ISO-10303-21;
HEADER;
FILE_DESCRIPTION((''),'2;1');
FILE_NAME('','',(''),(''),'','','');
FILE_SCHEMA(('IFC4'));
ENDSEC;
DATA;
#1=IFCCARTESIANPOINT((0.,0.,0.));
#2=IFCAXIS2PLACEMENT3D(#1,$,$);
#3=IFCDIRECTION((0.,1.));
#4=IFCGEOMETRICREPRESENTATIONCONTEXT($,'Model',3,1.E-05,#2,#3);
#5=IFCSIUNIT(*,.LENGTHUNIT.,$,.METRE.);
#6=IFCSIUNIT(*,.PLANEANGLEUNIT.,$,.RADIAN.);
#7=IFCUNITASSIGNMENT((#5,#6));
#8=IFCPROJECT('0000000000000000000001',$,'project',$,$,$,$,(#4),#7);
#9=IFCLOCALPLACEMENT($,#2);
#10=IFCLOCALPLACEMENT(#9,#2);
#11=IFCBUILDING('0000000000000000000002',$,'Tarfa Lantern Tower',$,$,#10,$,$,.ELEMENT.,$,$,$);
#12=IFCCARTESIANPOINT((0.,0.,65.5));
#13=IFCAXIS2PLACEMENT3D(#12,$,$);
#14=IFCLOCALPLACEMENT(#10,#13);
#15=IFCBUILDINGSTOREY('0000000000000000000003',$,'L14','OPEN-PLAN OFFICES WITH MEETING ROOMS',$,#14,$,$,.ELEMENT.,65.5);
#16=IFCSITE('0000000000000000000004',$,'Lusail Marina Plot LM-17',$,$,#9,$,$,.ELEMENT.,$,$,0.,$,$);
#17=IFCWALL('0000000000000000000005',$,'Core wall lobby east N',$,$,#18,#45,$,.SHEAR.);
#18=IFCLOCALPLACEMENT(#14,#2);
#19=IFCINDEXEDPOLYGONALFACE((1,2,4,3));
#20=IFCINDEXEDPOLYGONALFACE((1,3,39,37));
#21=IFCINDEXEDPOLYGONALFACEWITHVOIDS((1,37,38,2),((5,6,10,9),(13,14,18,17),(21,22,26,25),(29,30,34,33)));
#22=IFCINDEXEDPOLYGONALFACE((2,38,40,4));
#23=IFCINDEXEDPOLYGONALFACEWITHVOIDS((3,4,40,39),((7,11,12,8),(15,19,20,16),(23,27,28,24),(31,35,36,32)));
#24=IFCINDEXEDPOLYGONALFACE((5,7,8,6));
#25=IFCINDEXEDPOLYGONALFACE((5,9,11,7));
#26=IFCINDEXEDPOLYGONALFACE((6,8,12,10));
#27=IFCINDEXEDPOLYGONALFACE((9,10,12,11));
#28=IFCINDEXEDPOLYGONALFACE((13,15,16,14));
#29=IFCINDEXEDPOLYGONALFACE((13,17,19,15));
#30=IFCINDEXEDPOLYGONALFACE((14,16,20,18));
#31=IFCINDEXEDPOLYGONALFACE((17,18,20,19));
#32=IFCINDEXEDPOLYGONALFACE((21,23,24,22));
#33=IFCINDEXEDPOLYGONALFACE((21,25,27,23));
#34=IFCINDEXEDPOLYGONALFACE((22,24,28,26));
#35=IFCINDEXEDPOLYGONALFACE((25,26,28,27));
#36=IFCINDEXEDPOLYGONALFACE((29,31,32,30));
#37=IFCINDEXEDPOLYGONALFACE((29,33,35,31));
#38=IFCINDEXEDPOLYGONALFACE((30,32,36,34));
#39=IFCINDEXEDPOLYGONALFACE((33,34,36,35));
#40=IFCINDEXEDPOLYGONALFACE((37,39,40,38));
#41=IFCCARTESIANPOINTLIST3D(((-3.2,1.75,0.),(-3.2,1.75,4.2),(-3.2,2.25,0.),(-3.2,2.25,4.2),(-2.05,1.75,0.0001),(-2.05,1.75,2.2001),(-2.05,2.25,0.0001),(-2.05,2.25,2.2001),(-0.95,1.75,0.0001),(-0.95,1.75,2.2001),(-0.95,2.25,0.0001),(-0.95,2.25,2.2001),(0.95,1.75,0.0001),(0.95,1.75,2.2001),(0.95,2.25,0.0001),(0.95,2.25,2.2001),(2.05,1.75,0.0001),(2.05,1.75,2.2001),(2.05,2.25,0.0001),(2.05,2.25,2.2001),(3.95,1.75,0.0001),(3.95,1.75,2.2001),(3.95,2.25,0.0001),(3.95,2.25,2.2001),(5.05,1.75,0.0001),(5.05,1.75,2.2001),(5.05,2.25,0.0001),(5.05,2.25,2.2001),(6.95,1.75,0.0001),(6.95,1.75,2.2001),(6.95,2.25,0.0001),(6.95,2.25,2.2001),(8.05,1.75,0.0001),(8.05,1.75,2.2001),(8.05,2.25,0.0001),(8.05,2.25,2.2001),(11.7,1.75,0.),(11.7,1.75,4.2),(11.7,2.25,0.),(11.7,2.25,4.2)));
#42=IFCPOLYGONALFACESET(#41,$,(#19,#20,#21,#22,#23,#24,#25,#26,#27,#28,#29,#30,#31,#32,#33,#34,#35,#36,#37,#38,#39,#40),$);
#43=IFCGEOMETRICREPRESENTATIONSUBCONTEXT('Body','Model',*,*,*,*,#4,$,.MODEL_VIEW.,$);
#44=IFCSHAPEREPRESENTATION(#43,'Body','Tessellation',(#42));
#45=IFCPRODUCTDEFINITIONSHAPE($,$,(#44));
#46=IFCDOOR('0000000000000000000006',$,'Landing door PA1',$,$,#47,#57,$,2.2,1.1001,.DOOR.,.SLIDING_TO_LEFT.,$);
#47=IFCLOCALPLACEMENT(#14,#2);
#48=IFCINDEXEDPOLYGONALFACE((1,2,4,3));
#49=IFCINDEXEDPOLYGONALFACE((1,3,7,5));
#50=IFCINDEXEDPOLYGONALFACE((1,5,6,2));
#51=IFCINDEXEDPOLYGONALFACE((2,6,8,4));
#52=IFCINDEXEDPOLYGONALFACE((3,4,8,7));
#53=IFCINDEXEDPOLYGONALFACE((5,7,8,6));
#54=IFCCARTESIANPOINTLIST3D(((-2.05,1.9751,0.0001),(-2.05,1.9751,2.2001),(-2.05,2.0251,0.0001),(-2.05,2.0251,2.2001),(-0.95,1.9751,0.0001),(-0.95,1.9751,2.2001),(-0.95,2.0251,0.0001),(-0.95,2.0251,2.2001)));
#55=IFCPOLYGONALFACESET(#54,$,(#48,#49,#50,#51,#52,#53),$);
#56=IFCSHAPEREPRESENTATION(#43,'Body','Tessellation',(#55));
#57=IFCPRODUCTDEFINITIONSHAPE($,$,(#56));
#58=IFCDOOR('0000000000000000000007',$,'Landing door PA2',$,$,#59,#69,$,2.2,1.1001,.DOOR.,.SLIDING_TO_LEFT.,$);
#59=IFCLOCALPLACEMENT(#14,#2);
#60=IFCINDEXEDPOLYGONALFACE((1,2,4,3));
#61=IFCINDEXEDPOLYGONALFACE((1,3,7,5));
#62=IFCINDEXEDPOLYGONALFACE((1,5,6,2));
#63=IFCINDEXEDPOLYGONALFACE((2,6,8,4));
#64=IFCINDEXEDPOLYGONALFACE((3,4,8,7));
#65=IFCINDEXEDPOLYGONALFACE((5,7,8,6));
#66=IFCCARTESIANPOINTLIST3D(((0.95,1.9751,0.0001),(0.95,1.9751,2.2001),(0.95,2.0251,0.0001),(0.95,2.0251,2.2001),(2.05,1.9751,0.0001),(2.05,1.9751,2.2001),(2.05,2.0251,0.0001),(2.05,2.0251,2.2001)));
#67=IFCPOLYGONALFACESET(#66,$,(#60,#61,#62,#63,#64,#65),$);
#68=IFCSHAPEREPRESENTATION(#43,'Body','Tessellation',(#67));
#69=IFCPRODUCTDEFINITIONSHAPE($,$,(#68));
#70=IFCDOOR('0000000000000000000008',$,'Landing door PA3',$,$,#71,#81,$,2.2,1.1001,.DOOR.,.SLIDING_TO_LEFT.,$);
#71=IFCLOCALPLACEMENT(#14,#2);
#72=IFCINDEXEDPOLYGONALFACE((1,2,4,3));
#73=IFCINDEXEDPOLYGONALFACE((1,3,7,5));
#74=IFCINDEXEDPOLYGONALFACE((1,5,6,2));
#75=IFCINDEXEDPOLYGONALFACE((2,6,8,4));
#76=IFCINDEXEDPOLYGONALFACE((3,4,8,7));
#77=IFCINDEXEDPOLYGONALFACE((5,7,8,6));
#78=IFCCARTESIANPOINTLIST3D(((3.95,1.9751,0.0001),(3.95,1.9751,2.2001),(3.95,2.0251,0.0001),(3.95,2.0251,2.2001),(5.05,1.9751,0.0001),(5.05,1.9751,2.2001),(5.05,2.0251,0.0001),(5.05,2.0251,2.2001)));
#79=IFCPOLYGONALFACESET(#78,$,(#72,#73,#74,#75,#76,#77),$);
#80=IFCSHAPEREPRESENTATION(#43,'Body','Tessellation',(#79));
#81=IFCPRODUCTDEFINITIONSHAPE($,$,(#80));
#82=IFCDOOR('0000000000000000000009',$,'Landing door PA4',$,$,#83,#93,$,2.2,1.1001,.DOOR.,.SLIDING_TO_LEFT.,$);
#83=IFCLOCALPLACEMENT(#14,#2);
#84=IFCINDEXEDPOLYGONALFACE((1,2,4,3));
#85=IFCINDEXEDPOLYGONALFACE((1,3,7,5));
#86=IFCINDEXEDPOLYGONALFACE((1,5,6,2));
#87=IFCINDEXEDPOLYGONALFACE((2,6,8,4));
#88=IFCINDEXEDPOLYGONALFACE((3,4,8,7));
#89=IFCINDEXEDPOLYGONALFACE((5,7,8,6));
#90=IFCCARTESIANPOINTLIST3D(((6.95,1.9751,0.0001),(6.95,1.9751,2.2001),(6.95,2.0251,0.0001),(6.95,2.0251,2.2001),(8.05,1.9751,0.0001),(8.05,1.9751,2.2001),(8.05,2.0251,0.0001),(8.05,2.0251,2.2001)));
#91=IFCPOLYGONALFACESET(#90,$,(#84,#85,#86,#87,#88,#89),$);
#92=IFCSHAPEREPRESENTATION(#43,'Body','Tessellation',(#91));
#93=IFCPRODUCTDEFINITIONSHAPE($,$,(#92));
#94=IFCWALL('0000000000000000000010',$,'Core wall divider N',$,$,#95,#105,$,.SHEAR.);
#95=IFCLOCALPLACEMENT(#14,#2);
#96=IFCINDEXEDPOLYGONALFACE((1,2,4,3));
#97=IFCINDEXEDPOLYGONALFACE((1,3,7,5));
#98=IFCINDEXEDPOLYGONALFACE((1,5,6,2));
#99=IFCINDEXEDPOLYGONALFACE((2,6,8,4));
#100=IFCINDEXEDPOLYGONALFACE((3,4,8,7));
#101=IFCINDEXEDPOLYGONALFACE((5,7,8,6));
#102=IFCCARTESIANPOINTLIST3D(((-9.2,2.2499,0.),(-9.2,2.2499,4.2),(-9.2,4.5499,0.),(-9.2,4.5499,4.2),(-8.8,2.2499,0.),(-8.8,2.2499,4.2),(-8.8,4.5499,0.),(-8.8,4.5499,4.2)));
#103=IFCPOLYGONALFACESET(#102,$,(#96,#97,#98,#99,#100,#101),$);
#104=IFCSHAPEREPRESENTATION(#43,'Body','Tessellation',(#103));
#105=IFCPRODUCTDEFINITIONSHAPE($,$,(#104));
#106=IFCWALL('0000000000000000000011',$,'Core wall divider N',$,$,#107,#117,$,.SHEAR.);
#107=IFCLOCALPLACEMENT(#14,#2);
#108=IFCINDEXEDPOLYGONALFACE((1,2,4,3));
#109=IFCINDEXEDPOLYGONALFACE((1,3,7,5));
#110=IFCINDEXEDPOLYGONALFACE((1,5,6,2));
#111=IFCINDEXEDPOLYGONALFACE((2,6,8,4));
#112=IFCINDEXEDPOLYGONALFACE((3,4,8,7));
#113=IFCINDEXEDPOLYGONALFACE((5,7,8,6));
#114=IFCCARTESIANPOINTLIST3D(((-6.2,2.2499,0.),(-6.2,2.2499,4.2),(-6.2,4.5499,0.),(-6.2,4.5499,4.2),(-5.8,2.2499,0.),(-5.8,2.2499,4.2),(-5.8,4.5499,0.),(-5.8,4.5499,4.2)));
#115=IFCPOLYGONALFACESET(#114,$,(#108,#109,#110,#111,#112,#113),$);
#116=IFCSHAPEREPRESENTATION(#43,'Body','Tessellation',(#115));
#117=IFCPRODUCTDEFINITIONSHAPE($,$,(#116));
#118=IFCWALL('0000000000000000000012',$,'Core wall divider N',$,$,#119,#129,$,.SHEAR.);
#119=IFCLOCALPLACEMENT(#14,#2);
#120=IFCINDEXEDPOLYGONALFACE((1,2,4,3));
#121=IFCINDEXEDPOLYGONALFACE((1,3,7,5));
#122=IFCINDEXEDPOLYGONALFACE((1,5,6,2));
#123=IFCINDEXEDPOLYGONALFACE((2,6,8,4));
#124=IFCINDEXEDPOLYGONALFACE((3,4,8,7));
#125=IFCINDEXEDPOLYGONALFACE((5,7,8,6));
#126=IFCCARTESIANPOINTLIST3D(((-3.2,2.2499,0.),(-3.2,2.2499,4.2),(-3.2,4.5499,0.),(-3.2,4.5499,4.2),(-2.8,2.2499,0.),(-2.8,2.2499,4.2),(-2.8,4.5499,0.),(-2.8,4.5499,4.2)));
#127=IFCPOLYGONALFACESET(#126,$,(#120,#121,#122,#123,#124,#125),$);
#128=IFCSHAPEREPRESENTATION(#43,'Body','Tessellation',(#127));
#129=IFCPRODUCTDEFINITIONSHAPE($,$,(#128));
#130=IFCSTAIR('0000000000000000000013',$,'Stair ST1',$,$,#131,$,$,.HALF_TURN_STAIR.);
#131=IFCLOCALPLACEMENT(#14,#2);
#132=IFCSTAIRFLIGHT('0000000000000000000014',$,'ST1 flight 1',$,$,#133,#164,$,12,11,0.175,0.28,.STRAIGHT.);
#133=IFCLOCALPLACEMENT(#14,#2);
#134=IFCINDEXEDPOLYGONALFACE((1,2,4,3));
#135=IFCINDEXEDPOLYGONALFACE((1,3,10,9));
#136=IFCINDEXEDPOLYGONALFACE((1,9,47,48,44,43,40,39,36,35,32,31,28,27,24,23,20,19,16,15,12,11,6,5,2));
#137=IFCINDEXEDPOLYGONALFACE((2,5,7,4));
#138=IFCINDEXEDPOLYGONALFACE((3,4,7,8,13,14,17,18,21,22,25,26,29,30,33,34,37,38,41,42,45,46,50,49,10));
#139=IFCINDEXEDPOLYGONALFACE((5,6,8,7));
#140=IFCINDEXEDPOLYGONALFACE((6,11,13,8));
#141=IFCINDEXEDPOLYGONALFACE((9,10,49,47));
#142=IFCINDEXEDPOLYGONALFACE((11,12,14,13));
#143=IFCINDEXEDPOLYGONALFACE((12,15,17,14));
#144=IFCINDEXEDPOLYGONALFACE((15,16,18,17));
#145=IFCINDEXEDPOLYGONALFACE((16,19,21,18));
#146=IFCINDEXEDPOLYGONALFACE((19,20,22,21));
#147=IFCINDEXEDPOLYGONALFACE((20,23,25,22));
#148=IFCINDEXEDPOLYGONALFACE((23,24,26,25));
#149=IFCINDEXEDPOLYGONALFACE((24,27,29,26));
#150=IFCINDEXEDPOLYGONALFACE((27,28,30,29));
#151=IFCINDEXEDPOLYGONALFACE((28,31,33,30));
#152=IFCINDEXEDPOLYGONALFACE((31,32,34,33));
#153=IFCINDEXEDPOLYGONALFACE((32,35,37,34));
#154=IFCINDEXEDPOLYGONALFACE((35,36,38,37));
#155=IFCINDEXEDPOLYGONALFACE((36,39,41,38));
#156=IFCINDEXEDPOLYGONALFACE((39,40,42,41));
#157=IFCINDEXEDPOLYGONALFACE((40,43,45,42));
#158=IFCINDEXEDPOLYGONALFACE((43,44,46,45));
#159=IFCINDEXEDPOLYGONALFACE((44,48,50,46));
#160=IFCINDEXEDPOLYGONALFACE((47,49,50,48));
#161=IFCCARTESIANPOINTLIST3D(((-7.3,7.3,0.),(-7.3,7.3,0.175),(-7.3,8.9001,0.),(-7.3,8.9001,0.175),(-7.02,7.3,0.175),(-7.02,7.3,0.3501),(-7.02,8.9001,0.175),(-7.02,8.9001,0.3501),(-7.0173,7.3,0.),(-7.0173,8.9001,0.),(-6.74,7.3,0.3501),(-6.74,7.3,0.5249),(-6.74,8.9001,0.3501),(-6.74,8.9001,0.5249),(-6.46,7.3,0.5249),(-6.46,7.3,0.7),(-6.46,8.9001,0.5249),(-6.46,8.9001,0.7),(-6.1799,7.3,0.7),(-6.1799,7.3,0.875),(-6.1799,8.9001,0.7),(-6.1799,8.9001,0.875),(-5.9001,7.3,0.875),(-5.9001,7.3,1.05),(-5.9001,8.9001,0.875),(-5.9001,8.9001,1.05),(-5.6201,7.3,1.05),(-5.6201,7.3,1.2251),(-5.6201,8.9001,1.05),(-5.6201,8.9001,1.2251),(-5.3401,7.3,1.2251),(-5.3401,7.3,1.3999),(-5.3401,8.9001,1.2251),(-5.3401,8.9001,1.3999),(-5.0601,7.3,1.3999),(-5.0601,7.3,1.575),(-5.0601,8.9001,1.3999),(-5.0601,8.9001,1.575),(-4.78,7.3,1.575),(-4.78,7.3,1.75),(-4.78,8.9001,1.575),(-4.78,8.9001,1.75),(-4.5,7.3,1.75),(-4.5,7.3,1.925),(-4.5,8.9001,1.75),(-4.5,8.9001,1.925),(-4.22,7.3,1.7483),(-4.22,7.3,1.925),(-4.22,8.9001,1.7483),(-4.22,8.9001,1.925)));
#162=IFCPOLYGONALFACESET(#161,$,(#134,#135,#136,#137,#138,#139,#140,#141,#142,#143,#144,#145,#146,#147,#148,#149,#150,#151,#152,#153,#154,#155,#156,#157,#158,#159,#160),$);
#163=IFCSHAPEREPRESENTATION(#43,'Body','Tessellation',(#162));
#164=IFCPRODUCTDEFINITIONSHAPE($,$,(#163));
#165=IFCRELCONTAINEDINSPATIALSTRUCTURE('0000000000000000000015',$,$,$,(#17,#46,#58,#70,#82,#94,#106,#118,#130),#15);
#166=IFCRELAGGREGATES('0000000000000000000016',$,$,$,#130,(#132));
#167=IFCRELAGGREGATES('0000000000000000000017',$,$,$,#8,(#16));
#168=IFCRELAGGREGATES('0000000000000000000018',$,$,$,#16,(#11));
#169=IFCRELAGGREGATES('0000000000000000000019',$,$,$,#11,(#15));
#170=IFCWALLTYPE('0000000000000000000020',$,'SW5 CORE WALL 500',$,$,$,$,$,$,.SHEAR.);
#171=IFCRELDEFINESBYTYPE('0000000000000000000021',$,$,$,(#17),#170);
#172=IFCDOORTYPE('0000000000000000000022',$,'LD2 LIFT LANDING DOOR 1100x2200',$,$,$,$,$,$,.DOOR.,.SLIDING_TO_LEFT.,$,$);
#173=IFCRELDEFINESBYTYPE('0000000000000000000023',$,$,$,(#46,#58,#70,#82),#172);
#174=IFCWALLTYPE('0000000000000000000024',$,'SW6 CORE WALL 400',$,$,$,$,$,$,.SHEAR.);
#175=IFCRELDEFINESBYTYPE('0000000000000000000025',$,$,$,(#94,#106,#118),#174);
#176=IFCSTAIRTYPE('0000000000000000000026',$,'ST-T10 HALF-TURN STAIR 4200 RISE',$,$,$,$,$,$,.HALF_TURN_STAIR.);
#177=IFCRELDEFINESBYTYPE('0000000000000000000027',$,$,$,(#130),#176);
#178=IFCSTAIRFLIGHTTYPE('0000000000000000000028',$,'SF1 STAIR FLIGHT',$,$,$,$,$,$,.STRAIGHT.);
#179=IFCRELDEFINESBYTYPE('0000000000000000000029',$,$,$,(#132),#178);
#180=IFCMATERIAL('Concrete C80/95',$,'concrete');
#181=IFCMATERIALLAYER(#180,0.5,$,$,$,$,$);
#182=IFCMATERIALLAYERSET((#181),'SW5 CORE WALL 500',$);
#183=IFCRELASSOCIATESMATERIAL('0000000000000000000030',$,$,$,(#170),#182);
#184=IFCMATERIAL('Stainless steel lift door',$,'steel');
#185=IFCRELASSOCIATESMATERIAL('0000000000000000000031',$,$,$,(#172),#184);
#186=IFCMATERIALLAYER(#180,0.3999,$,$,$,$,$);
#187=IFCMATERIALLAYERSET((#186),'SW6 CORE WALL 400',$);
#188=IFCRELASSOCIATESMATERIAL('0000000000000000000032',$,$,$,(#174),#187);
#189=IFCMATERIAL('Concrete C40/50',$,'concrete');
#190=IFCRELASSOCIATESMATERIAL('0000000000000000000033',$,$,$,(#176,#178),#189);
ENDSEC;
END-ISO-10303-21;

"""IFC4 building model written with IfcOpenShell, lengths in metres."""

from ifc_helpers import new_model, si_unit, direction, frame, frame_2d, origin, place, context, subcontext, project, spatial, polyline, rectangle, outline, extrude, material, layer, layer_set, type_object, element, fill, aggregate, save


model = new_model("IFC4")

# Units and contexts
model_context = context("Model", 3, precision=1e-05, world=origin(), true_north=direction((0.0, 1.0)))
body_context = subcontext(model_context, "Body", "Model", "MODEL_VIEW")
ifc_project = project(units=[si_unit("LENGTHUNIT", "METRE"), si_unit("PLANEANGLEUNIT", "RADIAN")], contexts=[model_context])

# Site, building, storey
site_placement = place(None, origin())
site = spatial("IfcSite", under=ifc_project, at=site_placement, Name="Lusail Marina Plot LM-17", CompositionType="ELEMENT", RefElevation=0.0)
building_placement = place(site_placement, origin())
building = spatial("IfcBuilding", under=site, at=building_placement, Name="Tarfa Lantern Tower", CompositionType="ELEMENT")
storey_placement = place(building_placement, frame((0.0, 0.0, 65.5)))
storey = spatial("IfcBuildingStorey", under=building, at=storey_placement, Name="L14", Description="OPEN-PLAN OFFICES WITH MEETING ROOMS", CompositionType="ELEMENT", Elevation=65.5)

# Shared definitions
ifc_material_1 = material(Name="Concrete C80/95", Category="concrete")

# Wall, openings, doors
ifc_layer_1 = layer(ifc_material_1, 0.5)
ifc_layer_set_1 = layer_set([ifc_layer_1], Name="SW5 CORE WALL 500")
wall_type_1 = type_object("IfcWallType", Name="SW5 CORE WALL 500", PredefinedType="SHEAR", material=ifc_layer_set_1)
wall_1_placement = place(storey_placement, frame((-3.2, 2.0, 0.0), z_axis=(0.0, 0.0, 1.0), x_axis=(1.0, 0.0, 0.0)))
wall_1 = element("IfcWall", 1, at=wall_1_placement, inside=storey, type_object=wall_type_1, Name="Core wall lobby east N", PredefinedType="SHEAR", context=body_context, shape_type="SweptSolid", body=[
    extrude(rectangle(XDim=14.8999, YDim=0.5, at=frame_2d((7.45, 0.0))), origin(), (0.0, 0.0, 1.0), 4.2),
])
opening_1_placement = place(wall_1_placement, frame((1.1499, 0.0, 0.0)))
opening_1 = element("IfcOpeningElement", 2, at=opening_1_placement, cuts=wall_1, PredefinedType="OPENING", context=body_context, shape_type="SweptSolid", body=[
    extrude(rectangle(XDim=1.1001, YDim=2.2, at=frame_2d((0.55, 1.1001))), frame((0.0, 0.26, 0.0), z_axis=(0.0, -1.0, 0.0), x_axis=(1.0, 0.0, 0.0)), (0.0, 0.0, 1.0), 0.52),
])
opening_2_placement = place(wall_1_placement, frame((4.1499, 0.0, 0.0)))
opening_2 = element("IfcOpeningElement", 3, at=opening_2_placement, cuts=wall_1, PredefinedType="OPENING", context=body_context, shape_type="SweptSolid", body=[
    extrude(rectangle(XDim=1.1001, YDim=2.2, at=frame_2d((0.55, 1.1001))), frame((0.0, 0.26, 0.0), z_axis=(0.0, -1.0, 0.0), x_axis=(1.0, 0.0, 0.0)), (0.0, 0.0, 1.0), 0.52),
])
opening_3_placement = place(wall_1_placement, frame((7.1499, 0.0, 0.0)))
opening_3 = element("IfcOpeningElement", 4, at=opening_3_placement, cuts=wall_1, PredefinedType="OPENING", context=body_context, shape_type="SweptSolid", body=[
    extrude(rectangle(XDim=1.1001, YDim=2.2, at=frame_2d((0.55, 1.1001))), frame((0.0, 0.26, 0.0), z_axis=(0.0, -1.0, 0.0), x_axis=(1.0, 0.0, 0.0)), (0.0, 0.0, 1.0), 0.52),
])
opening_4_placement = place(wall_1_placement, frame((10.1499, 0.0, 0.0)))
opening_4 = element("IfcOpeningElement", 5, at=opening_4_placement, cuts=wall_1, PredefinedType="OPENING", context=body_context, shape_type="SweptSolid", body=[
    extrude(rectangle(XDim=1.1001, YDim=2.2, at=frame_2d((0.55, 1.1001))), frame((0.0, 0.26, 0.0), z_axis=(0.0, -1.0, 0.0), x_axis=(1.0, 0.0, 0.0)), (0.0, 0.0, 1.0), 0.52),
])
ifc_material_2 = material(Name="Stainless steel lift door", Category="steel")
door_type_1 = type_object("IfcDoorType", Name="LD2 LIFT LANDING DOOR 1100x2200", OperationType="SLIDING_TO_LEFT", PredefinedType="DOOR", material=ifc_material_2)
door_1_placement = place(opening_1_placement, frame((1.1001, 0.0, 0.0), z_axis=(0.0, 0.0, 1.0), x_axis=(-1.0, 0.0, 0.0)))
door_1 = element("IfcDoor", 6, at=door_1_placement, inside=storey, type_object=door_type_1, Name="Landing door PA1", OperationType="SLIDING_TO_LEFT", OverallHeight=2.2, OverallWidth=1.1001, PredefinedType="DOOR", context=body_context, shape_type="SweptSolid", body=[
    extrude(rectangle(XDim=1.1001, YDim=2.2, at=frame_2d((0.55, 1.1001))), frame((0.0, 0.0249, 0.0), z_axis=(0.0, -1.0, 0.0), x_axis=(1.0, 0.0, 0.0)), (0.0, 0.0, 1.0), 0.05),
])
fill(opening_1, door_1)
door_2_placement = place(opening_2_placement, frame((1.1001, 0.0, 0.0), z_axis=(0.0, 0.0, 1.0), x_axis=(-1.0, 0.0, 0.0)))
door_2 = element("IfcDoor", 7, at=door_2_placement, inside=storey, type_object=door_type_1, Name="Landing door PA2", OperationType="SLIDING_TO_LEFT", OverallHeight=2.2, OverallWidth=1.1001, PredefinedType="DOOR", context=body_context, shape_type="SweptSolid", body=[
    extrude(rectangle(XDim=1.1001, YDim=2.2, at=frame_2d((0.55, 1.1001))), frame((0.0, 0.0249, 0.0), z_axis=(0.0, -1.0, 0.0), x_axis=(1.0, 0.0, 0.0)), (0.0, 0.0, 1.0), 0.05),
])
fill(opening_2, door_2)
door_3_placement = place(opening_3_placement, frame((1.1001, 0.0, 0.0), z_axis=(0.0, 0.0, 1.0), x_axis=(-1.0, 0.0, 0.0)))
door_3 = element("IfcDoor", 8, at=door_3_placement, inside=storey, type_object=door_type_1, Name="Landing door PA3", OperationType="SLIDING_TO_LEFT", OverallHeight=2.2, OverallWidth=1.1001, PredefinedType="DOOR", context=body_context, shape_type="SweptSolid", body=[
    extrude(rectangle(XDim=1.1001, YDim=2.2, at=frame_2d((0.55, 1.1001))), frame((0.0, 0.0249, 0.0), z_axis=(0.0, -1.0, 0.0), x_axis=(1.0, 0.0, 0.0)), (0.0, 0.0, 1.0), 0.05),
])
fill(opening_3, door_3)
door_4_placement = place(opening_4_placement, frame((1.1001, 0.0, 0.0), z_axis=(0.0, 0.0, 1.0), x_axis=(-1.0, 0.0, 0.0)))
door_4 = element("IfcDoor", 9, at=door_4_placement, inside=storey, type_object=door_type_1, Name="Landing door PA4", OperationType="SLIDING_TO_LEFT", OverallHeight=2.2, OverallWidth=1.1001, PredefinedType="DOOR", context=body_context, shape_type="SweptSolid", body=[
    extrude(rectangle(XDim=1.1001, YDim=2.2, at=frame_2d((0.55, 1.1001))), frame((0.0, 0.0249, 0.0), z_axis=(0.0, -1.0, 0.0), x_axis=(1.0, 0.0, 0.0)), (0.0, 0.0, 1.0), 0.05),
])
fill(opening_4, door_4)

# Walls
ifc_layer_2 = layer(ifc_material_1, 0.3999)
ifc_layer_set_2 = layer_set([ifc_layer_2], Name="SW6 CORE WALL 400")
wall_type_2 = type_object("IfcWallType", Name="SW6 CORE WALL 400", PredefinedType="SHEAR", material=ifc_layer_set_2)
for number, where, z_axis, x_axis, name in (
    (10, (-9.0, 2.25, 0.0), (0.0, 0.0, 1.0), (0.0, 1.0, 0.0), "Core wall divider N"),
    (11, (-6.0, 2.25, 0.0), (0.0, 0.0, 1.0), (0.0, 1.0, 0.0), "Core wall divider N"),
    (12, (-3.0, 2.25, 0.0), (0.0, 0.0, 1.0), (0.0, 1.0, 0.0), "Core wall divider N"),
):
    element("IfcWall", number, at=place(storey_placement, frame(where, z_axis=z_axis, x_axis=x_axis)), inside=storey, type_object=wall_type_2, Name=name, PredefinedType="SHEAR", context=body_context, shape_type="SweptSolid", body=[
        extrude(rectangle(XDim=2.3, YDim=0.3999, at=frame_2d((1.1499, 0.0))), origin(), (0.0, 0.0, 1.0), 4.2),
    ])

# Stair, stair flight
ifc_material_3 = material(Name="Concrete C40/50", Category="concrete")
stair_type = type_object("IfcStairType", Name="ST-T10 HALF-TURN STAIR 4200 RISE", PredefinedType="HALF_TURN_STAIR", material=ifc_material_3)
stair_placement = place(storey_placement, origin())
stair = element("IfcStair", 13, at=stair_placement, inside=storey, type_object=stair_type, Name="Stair ST1", PredefinedType="HALF_TURN_STAIR")
stair_flight_type = type_object("IfcStairFlightType", Name="SF1 STAIR FLIGHT", PredefinedType="STRAIGHT", material=ifc_material_3)
stair_flight_1_placement = place(storey_placement, frame((-7.3, 8.1001, 0.0), z_axis=(0.0, 0.0, 1.0), x_axis=(1.0, 0.0, 0.0)))
stair_flight_1 = element("IfcStairFlight", 14, at=stair_flight_1_placement, type_object=stair_flight_type, Name="ST1 flight 1", NumberOfRisers=12, NumberOfTreads=11, PredefinedType="STRAIGHT", RiserHeight=0.175, TreadLength=0.28, context=body_context, shape_type="SweptSolid", body=[
    extrude(outline(polyline([(0.0, 0.0), (0.0, 0.175), (0.28, 0.175), (0.28, 0.3501), (0.5601, 0.3501), (0.5601, 0.5249), (0.8401, 0.5249), (0.8401, 0.7), (1.1201, 0.7), (1.1201, 0.875), (1.3999, 0.875), (1.3999, 1.05), (1.6799, 1.05), (1.6799, 1.2251), (1.96, 1.2251), (1.96, 1.3999), (2.24, 1.3999), (2.24, 1.575), (2.52, 1.575), (2.52, 1.75), (2.8, 1.75), (2.8, 1.925), (3.0801, 1.925), (3.0801, 2.1001), (3.0801, 1.7483), (0.2827, 0.0), (0.0, 0.0)])), frame((0.0, 0.8, 0.0), z_axis=(0.0, -1.0, 0.0), x_axis=(1.0, 0.0, 0.0)), (0.0, 0.0, 1.0), 1.6001),
])
aggregate(stair, [stair_flight_1])

save(model, "model.ifc")
